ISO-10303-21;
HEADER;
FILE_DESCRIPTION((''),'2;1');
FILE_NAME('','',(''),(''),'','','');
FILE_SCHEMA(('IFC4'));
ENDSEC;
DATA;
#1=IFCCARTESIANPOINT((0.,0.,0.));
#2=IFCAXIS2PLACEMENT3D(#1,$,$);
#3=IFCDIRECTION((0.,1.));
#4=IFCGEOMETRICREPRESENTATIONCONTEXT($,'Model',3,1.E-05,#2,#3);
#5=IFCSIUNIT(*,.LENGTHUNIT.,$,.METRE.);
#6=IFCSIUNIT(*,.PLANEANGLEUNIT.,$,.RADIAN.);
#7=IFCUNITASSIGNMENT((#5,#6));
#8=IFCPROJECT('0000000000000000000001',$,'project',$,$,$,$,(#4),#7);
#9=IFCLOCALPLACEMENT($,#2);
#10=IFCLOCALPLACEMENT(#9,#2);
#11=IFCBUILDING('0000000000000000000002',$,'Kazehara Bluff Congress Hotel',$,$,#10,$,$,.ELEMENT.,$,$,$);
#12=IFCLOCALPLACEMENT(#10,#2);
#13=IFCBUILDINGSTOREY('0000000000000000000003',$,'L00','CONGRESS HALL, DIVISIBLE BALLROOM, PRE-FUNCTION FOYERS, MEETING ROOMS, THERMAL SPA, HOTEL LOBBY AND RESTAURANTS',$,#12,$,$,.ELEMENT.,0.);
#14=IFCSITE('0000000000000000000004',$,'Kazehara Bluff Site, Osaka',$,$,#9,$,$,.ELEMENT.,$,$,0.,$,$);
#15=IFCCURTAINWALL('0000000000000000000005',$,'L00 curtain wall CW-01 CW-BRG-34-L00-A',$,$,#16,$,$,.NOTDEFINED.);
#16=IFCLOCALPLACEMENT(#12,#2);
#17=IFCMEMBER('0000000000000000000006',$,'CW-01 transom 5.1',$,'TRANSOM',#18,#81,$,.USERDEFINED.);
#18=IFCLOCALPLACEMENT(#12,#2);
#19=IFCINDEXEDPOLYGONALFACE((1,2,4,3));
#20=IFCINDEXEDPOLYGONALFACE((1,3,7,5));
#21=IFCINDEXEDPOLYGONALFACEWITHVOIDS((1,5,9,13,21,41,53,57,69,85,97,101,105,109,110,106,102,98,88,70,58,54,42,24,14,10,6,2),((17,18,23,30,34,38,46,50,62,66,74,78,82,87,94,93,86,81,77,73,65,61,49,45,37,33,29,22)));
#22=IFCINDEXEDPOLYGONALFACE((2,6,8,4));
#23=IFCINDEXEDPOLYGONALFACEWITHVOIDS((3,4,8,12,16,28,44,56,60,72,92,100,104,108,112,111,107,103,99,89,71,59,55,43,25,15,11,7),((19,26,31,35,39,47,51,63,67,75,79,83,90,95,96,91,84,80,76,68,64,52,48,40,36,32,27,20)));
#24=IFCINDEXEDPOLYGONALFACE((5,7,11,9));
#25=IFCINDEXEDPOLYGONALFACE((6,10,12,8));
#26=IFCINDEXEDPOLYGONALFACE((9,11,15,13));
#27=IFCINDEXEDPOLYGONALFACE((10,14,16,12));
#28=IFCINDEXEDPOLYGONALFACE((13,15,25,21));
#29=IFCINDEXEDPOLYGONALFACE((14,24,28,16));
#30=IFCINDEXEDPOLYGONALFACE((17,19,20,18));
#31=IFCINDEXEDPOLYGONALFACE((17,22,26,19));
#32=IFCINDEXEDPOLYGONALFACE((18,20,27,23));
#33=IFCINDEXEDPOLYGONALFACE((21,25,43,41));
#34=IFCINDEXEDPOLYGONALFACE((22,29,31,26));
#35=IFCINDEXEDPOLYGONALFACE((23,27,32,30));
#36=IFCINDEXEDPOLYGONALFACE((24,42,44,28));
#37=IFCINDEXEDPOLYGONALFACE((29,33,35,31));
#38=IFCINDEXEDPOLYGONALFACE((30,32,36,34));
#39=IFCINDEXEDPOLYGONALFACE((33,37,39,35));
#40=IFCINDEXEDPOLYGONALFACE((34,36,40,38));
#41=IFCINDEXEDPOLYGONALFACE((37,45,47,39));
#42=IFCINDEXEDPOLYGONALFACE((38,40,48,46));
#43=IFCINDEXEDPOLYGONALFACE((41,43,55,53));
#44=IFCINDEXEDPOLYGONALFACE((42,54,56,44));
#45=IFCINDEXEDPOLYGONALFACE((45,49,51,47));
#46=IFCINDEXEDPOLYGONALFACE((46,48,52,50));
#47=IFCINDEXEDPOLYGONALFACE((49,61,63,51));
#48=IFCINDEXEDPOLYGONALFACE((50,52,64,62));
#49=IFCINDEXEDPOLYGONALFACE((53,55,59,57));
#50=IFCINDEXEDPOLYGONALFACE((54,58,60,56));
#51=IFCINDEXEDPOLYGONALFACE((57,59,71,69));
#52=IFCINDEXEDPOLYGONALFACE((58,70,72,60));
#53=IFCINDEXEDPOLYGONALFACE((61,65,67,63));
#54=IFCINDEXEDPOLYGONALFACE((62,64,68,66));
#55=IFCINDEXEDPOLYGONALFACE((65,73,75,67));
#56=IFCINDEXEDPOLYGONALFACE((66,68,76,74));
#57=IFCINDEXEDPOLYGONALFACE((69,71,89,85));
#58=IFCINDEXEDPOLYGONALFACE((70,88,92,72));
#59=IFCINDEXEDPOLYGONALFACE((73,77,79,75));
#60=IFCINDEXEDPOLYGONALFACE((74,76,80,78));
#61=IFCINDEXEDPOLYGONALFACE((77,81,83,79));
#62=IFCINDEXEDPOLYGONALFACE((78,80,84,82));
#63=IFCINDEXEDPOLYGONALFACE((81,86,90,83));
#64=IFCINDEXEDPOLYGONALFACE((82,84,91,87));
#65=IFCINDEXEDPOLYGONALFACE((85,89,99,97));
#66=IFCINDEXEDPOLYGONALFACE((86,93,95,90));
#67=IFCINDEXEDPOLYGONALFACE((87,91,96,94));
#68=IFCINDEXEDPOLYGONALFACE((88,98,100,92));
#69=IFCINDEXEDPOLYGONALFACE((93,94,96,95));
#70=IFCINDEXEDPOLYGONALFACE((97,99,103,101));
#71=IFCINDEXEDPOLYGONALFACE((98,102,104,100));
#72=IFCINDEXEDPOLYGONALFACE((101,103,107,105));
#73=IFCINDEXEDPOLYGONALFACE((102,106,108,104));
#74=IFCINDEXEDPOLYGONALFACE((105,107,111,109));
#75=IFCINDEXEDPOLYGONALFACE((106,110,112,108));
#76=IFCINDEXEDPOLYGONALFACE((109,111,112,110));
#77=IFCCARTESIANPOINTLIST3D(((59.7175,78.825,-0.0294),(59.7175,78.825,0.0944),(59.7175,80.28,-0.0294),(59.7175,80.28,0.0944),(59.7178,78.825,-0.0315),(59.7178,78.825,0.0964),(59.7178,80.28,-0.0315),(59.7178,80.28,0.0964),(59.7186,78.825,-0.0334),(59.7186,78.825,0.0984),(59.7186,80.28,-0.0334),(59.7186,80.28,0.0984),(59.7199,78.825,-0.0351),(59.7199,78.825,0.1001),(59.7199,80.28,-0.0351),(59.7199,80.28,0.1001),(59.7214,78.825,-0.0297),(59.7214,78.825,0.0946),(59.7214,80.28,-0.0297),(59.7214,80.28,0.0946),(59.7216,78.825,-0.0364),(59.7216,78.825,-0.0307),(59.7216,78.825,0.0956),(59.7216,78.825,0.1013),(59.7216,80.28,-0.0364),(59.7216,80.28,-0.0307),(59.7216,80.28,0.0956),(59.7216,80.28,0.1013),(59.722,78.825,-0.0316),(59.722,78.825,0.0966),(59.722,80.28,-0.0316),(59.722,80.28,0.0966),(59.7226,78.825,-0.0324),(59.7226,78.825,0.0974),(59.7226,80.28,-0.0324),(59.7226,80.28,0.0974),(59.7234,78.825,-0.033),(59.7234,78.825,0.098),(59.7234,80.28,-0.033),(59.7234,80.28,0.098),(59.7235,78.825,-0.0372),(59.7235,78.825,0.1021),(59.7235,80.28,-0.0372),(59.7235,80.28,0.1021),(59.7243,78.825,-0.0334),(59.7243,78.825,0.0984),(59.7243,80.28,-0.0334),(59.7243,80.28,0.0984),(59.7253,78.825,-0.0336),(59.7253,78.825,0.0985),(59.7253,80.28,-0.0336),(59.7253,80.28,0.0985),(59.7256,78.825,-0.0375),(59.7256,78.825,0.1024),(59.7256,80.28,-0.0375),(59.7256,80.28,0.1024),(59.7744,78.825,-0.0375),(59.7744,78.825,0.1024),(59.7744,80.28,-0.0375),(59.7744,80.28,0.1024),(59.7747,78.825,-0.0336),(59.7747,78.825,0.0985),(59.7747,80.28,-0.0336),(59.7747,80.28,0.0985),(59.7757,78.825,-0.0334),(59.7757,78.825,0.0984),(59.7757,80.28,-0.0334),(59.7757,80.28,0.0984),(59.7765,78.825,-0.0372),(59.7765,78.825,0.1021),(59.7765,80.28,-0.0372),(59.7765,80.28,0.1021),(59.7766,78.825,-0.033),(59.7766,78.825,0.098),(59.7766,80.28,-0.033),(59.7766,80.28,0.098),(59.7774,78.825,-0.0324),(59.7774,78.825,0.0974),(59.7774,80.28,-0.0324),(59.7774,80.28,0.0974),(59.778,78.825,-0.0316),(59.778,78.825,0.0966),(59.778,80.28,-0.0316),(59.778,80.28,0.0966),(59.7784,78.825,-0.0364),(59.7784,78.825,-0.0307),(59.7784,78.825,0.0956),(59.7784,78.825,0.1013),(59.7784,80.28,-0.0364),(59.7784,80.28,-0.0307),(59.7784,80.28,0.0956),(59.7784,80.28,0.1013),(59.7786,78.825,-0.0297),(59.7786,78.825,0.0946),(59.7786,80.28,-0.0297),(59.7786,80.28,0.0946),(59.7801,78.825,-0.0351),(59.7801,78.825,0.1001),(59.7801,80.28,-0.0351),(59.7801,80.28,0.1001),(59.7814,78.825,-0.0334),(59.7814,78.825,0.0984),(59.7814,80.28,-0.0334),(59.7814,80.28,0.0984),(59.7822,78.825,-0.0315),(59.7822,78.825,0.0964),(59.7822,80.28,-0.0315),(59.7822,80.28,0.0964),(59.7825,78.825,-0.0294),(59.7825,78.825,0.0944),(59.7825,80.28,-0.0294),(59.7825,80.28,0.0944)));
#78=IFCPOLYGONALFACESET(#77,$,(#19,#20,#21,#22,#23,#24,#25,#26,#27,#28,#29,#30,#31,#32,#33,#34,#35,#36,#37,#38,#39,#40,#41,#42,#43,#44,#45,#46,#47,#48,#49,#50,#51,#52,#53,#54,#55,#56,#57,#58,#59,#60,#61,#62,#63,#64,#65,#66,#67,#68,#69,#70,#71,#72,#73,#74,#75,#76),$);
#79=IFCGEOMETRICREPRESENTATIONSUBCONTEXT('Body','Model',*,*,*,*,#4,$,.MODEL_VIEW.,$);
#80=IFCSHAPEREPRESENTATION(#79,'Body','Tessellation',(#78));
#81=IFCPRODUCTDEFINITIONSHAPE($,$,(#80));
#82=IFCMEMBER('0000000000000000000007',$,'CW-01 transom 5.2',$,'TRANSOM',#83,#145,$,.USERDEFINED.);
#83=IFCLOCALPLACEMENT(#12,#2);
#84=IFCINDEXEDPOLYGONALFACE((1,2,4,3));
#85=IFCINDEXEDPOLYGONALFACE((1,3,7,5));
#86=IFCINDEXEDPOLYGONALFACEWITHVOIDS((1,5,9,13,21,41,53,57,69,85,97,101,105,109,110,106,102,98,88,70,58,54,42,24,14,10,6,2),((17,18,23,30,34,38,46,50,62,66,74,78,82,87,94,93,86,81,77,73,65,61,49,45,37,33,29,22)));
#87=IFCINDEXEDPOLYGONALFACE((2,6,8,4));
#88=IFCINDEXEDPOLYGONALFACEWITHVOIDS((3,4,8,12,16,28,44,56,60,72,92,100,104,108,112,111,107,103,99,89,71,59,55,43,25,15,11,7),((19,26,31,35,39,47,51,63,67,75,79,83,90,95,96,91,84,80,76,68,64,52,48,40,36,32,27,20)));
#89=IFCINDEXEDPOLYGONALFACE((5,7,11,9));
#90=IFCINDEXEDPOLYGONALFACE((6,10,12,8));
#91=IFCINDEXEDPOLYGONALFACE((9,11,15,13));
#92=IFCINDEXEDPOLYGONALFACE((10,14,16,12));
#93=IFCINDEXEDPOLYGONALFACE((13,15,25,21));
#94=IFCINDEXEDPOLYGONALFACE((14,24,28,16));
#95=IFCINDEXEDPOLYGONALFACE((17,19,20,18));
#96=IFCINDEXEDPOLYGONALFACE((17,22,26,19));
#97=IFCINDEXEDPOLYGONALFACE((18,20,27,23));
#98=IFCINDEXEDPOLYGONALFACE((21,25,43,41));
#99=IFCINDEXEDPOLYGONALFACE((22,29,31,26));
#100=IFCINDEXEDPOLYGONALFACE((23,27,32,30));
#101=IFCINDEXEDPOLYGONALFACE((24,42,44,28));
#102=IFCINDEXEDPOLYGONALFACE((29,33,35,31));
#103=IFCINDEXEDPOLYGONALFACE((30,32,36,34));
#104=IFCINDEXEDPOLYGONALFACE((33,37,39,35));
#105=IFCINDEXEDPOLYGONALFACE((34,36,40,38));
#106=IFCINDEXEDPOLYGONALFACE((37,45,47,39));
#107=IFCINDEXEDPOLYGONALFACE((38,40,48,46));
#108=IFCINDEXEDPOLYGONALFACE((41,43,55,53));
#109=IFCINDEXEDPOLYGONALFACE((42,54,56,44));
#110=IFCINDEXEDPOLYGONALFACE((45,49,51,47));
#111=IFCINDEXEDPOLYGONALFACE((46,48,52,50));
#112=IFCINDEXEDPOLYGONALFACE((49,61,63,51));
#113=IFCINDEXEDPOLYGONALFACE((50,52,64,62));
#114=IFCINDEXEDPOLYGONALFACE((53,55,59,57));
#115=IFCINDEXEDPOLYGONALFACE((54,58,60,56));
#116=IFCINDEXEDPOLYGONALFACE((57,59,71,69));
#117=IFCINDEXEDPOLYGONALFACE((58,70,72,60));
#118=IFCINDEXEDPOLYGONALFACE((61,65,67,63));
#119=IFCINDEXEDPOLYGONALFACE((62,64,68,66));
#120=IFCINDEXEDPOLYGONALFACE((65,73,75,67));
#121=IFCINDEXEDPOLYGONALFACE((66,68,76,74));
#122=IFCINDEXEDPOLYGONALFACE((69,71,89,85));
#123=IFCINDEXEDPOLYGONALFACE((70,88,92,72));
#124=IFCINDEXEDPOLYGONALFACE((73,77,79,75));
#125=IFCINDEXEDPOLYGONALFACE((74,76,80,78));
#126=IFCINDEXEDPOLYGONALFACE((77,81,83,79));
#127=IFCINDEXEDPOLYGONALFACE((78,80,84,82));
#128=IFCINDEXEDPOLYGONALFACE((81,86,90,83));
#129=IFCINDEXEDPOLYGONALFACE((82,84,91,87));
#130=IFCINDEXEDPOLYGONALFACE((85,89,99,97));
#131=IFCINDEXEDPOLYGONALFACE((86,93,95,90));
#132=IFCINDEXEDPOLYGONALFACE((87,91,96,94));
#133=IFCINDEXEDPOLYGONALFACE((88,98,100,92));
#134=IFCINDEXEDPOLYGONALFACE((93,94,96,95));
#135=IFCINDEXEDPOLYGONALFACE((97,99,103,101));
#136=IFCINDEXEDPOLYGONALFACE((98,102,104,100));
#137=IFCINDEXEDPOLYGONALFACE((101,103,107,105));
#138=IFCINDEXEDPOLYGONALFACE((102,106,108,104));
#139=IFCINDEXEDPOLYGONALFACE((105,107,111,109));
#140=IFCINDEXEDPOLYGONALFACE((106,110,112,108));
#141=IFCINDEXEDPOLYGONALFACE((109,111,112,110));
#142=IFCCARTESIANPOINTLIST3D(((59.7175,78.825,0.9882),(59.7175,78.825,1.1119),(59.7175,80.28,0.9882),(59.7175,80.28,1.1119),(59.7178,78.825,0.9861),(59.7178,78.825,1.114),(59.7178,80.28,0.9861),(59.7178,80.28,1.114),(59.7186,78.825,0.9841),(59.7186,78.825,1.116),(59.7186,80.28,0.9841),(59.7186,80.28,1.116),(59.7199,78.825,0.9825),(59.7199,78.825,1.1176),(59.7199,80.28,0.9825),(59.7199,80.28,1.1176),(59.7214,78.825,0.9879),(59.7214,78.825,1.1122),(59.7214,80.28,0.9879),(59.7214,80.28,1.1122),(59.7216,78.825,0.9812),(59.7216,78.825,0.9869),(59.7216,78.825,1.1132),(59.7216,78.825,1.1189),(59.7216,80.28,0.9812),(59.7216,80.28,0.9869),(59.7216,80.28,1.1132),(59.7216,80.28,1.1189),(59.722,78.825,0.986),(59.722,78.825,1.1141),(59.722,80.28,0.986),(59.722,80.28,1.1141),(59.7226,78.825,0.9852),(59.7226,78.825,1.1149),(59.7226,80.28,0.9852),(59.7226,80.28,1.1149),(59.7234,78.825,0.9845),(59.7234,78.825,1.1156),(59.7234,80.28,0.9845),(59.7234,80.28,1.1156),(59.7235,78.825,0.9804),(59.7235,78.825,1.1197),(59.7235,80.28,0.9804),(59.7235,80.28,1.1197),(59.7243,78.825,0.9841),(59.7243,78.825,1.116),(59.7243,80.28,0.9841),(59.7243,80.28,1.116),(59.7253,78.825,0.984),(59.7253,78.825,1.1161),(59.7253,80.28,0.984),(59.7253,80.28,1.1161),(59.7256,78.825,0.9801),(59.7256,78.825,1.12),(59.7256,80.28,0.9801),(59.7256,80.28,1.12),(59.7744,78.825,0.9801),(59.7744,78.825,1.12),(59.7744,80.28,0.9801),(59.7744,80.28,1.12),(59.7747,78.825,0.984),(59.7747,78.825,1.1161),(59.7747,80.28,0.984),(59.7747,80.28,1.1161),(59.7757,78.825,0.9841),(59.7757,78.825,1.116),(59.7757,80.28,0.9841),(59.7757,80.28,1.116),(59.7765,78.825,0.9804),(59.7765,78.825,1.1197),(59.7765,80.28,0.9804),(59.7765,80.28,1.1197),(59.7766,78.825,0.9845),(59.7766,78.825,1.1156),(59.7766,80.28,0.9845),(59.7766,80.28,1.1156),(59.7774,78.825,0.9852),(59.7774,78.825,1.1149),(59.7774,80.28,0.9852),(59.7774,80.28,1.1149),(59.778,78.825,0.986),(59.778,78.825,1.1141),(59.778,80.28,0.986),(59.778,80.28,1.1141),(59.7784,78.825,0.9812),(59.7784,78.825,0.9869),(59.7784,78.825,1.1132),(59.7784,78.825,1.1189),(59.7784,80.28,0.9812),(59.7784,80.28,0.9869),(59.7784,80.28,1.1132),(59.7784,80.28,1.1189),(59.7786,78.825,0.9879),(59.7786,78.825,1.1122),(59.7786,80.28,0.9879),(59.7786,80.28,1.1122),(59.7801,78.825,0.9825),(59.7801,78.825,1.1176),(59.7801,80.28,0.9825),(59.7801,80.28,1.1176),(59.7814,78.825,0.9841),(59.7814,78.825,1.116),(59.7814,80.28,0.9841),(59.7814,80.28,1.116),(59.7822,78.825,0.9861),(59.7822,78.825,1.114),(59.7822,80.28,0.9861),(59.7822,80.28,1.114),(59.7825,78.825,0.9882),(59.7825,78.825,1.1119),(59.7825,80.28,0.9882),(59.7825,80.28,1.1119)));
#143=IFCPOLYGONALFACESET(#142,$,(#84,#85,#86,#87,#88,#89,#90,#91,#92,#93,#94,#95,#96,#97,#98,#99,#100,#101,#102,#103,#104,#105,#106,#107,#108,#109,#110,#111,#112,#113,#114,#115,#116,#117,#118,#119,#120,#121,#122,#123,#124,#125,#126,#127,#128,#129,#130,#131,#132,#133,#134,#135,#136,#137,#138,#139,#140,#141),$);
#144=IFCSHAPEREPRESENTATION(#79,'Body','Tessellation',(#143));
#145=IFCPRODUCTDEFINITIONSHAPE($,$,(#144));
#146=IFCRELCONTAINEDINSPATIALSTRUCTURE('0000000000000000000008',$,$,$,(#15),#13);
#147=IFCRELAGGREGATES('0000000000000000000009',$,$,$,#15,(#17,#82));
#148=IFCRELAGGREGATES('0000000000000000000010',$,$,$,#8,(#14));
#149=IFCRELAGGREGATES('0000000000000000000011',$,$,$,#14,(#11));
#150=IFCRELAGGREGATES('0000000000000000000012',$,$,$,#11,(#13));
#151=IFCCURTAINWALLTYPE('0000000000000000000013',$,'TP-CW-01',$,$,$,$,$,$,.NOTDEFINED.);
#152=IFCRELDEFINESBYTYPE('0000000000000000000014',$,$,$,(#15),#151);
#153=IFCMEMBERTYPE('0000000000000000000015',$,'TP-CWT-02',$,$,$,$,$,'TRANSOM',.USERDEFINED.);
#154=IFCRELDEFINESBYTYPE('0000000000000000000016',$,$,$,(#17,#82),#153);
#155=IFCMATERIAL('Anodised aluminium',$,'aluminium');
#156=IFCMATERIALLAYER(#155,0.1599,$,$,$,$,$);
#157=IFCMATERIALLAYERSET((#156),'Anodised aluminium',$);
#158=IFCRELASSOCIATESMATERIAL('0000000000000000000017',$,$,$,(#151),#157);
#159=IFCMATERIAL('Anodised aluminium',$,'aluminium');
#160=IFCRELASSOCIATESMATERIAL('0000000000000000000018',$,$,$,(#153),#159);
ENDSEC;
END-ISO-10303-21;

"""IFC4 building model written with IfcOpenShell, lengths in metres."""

from ifc_helpers import new_model, si_unit, direction, frame, origin, origin_2d, place, context, subcontext, project, spatial, hollow_rectangle, extrude, material, layer, layer_set, material_profile, profile_set, type_object, element, aggregate, save


model = new_model("IFC4")

# Units and contexts
model_context = context("Model", 3, precision=1e-05, world=origin(), true_north=direction((0.0, 1.0)))
body_context = subcontext(model_context, "Body", "Model", "MODEL_VIEW")
ifc_project = project(units=[si_unit("LENGTHUNIT", "METRE"), si_unit("PLANEANGLEUNIT", "RADIAN")], contexts=[model_context])

# Site, building, storey
site_placement = place(None, origin())
site = spatial("IfcSite", under=ifc_project, at=site_placement, Name="Kazehara Bluff Site, Osaka", CompositionType="ELEMENT", RefElevation=0.0)
building_placement = place(site_placement, origin())
building = spatial("IfcBuilding", under=site, at=building_placement, Name="Kazehara Bluff Congress Hotel", CompositionType="ELEMENT")
storey_placement = place(building_placement, origin())
storey = spatial("IfcBuildingStorey", under=building, at=storey_placement, Name="L00", Description="CONGRESS HALL, DIVISIBLE BALLROOM, PRE-FUNCTION FOYERS, MEETING ROOMS, THERMAL SPA, HOTEL LOBBY AND RESTAURANTS", CompositionType="ELEMENT", Elevation=0.0)

# Curtain wall
ifc_material_1 = material(Name="Anodised aluminium", Category="aluminium")
ifc_layer_1 = layer(ifc_material_1, 0.1599)
ifc_layer_set_1 = layer_set([ifc_layer_1], Name="Anodised aluminium")
curtain_wall_type_1 = type_object("IfcCurtainWallType", Name="TP-CW-01", PredefinedType="NOTDEFINED", material=ifc_layer_set_1)
curtain_wall_1_placement = place(storey_placement, origin())
curtain_wall_1 = element("IfcCurtainWall", 1, at=curtain_wall_1_placement, inside=storey, type_object=curtain_wall_type_1, Name="L00 curtain wall CW-01 CW-BRG-34-L00-A", PredefinedType="NOTDEFINED")

# Members
ifc_material_2 = material(Name="Anodised aluminium", Category="aluminium")
ifc_material_profile_1 = material_profile(ifc_material_2, hollow_rectangle(XDim=0.0649, YDim=0.1399, WallThickness=0.0039, InnerFilletRadius=0.0039, OuterFilletRadius=0.0081, at=origin_2d()))
ifc_profile_set_1 = profile_set([ifc_material_profile_1], Name="Anodised aluminium")
member_type_1 = type_object("IfcMemberType", Name="TP-CWT-02", ElementType="TRANSOM", PredefinedType="USERDEFINED", material=ifc_profile_set_1)
member_1_placement = place(storey_placement, frame((59.75, 78.825, 0.0325), z_axis=(0.0, 1.0, 0.0), x_axis=(-1.0, 0.0, 0.0)))
member_1 = element("IfcMember", 2, at=member_1_placement, type_object=member_type_1, Name="CW-01 transom 5.1", ObjectType="TRANSOM", PredefinedType="USERDEFINED", context=body_context, shape_type="SweptSolid", body=[
    extrude(hollow_rectangle(XDim=0.0649, YDim=0.1399, WallThickness=0.0039, InnerFilletRadius=0.0039, OuterFilletRadius=0.0081, at=origin_2d()), origin(), (0.0, 0.0, 1.0), 1.4551),
])
member_2_placement = place(storey_placement, frame((59.75, 78.825, 1.05), z_axis=(0.0, 1.0, 0.0), x_axis=(-1.0, 0.0, 0.0)))
member_2 = element("IfcMember", 3, at=member_2_placement, type_object=member_type_1, Name="CW-01 transom 5.2", ObjectType="TRANSOM", PredefinedType="USERDEFINED", context=body_context, shape_type="SweptSolid", body=[
    extrude(hollow_rectangle(XDim=0.0649, YDim=0.1399, WallThickness=0.0039, InnerFilletRadius=0.0039, OuterFilletRadius=0.0081, at=origin_2d()), origin(), (0.0, 0.0, 1.0), 1.4551),
])

aggregate(curtain_wall_1, [member_1, member_2])

save(model, "model.ifc")
